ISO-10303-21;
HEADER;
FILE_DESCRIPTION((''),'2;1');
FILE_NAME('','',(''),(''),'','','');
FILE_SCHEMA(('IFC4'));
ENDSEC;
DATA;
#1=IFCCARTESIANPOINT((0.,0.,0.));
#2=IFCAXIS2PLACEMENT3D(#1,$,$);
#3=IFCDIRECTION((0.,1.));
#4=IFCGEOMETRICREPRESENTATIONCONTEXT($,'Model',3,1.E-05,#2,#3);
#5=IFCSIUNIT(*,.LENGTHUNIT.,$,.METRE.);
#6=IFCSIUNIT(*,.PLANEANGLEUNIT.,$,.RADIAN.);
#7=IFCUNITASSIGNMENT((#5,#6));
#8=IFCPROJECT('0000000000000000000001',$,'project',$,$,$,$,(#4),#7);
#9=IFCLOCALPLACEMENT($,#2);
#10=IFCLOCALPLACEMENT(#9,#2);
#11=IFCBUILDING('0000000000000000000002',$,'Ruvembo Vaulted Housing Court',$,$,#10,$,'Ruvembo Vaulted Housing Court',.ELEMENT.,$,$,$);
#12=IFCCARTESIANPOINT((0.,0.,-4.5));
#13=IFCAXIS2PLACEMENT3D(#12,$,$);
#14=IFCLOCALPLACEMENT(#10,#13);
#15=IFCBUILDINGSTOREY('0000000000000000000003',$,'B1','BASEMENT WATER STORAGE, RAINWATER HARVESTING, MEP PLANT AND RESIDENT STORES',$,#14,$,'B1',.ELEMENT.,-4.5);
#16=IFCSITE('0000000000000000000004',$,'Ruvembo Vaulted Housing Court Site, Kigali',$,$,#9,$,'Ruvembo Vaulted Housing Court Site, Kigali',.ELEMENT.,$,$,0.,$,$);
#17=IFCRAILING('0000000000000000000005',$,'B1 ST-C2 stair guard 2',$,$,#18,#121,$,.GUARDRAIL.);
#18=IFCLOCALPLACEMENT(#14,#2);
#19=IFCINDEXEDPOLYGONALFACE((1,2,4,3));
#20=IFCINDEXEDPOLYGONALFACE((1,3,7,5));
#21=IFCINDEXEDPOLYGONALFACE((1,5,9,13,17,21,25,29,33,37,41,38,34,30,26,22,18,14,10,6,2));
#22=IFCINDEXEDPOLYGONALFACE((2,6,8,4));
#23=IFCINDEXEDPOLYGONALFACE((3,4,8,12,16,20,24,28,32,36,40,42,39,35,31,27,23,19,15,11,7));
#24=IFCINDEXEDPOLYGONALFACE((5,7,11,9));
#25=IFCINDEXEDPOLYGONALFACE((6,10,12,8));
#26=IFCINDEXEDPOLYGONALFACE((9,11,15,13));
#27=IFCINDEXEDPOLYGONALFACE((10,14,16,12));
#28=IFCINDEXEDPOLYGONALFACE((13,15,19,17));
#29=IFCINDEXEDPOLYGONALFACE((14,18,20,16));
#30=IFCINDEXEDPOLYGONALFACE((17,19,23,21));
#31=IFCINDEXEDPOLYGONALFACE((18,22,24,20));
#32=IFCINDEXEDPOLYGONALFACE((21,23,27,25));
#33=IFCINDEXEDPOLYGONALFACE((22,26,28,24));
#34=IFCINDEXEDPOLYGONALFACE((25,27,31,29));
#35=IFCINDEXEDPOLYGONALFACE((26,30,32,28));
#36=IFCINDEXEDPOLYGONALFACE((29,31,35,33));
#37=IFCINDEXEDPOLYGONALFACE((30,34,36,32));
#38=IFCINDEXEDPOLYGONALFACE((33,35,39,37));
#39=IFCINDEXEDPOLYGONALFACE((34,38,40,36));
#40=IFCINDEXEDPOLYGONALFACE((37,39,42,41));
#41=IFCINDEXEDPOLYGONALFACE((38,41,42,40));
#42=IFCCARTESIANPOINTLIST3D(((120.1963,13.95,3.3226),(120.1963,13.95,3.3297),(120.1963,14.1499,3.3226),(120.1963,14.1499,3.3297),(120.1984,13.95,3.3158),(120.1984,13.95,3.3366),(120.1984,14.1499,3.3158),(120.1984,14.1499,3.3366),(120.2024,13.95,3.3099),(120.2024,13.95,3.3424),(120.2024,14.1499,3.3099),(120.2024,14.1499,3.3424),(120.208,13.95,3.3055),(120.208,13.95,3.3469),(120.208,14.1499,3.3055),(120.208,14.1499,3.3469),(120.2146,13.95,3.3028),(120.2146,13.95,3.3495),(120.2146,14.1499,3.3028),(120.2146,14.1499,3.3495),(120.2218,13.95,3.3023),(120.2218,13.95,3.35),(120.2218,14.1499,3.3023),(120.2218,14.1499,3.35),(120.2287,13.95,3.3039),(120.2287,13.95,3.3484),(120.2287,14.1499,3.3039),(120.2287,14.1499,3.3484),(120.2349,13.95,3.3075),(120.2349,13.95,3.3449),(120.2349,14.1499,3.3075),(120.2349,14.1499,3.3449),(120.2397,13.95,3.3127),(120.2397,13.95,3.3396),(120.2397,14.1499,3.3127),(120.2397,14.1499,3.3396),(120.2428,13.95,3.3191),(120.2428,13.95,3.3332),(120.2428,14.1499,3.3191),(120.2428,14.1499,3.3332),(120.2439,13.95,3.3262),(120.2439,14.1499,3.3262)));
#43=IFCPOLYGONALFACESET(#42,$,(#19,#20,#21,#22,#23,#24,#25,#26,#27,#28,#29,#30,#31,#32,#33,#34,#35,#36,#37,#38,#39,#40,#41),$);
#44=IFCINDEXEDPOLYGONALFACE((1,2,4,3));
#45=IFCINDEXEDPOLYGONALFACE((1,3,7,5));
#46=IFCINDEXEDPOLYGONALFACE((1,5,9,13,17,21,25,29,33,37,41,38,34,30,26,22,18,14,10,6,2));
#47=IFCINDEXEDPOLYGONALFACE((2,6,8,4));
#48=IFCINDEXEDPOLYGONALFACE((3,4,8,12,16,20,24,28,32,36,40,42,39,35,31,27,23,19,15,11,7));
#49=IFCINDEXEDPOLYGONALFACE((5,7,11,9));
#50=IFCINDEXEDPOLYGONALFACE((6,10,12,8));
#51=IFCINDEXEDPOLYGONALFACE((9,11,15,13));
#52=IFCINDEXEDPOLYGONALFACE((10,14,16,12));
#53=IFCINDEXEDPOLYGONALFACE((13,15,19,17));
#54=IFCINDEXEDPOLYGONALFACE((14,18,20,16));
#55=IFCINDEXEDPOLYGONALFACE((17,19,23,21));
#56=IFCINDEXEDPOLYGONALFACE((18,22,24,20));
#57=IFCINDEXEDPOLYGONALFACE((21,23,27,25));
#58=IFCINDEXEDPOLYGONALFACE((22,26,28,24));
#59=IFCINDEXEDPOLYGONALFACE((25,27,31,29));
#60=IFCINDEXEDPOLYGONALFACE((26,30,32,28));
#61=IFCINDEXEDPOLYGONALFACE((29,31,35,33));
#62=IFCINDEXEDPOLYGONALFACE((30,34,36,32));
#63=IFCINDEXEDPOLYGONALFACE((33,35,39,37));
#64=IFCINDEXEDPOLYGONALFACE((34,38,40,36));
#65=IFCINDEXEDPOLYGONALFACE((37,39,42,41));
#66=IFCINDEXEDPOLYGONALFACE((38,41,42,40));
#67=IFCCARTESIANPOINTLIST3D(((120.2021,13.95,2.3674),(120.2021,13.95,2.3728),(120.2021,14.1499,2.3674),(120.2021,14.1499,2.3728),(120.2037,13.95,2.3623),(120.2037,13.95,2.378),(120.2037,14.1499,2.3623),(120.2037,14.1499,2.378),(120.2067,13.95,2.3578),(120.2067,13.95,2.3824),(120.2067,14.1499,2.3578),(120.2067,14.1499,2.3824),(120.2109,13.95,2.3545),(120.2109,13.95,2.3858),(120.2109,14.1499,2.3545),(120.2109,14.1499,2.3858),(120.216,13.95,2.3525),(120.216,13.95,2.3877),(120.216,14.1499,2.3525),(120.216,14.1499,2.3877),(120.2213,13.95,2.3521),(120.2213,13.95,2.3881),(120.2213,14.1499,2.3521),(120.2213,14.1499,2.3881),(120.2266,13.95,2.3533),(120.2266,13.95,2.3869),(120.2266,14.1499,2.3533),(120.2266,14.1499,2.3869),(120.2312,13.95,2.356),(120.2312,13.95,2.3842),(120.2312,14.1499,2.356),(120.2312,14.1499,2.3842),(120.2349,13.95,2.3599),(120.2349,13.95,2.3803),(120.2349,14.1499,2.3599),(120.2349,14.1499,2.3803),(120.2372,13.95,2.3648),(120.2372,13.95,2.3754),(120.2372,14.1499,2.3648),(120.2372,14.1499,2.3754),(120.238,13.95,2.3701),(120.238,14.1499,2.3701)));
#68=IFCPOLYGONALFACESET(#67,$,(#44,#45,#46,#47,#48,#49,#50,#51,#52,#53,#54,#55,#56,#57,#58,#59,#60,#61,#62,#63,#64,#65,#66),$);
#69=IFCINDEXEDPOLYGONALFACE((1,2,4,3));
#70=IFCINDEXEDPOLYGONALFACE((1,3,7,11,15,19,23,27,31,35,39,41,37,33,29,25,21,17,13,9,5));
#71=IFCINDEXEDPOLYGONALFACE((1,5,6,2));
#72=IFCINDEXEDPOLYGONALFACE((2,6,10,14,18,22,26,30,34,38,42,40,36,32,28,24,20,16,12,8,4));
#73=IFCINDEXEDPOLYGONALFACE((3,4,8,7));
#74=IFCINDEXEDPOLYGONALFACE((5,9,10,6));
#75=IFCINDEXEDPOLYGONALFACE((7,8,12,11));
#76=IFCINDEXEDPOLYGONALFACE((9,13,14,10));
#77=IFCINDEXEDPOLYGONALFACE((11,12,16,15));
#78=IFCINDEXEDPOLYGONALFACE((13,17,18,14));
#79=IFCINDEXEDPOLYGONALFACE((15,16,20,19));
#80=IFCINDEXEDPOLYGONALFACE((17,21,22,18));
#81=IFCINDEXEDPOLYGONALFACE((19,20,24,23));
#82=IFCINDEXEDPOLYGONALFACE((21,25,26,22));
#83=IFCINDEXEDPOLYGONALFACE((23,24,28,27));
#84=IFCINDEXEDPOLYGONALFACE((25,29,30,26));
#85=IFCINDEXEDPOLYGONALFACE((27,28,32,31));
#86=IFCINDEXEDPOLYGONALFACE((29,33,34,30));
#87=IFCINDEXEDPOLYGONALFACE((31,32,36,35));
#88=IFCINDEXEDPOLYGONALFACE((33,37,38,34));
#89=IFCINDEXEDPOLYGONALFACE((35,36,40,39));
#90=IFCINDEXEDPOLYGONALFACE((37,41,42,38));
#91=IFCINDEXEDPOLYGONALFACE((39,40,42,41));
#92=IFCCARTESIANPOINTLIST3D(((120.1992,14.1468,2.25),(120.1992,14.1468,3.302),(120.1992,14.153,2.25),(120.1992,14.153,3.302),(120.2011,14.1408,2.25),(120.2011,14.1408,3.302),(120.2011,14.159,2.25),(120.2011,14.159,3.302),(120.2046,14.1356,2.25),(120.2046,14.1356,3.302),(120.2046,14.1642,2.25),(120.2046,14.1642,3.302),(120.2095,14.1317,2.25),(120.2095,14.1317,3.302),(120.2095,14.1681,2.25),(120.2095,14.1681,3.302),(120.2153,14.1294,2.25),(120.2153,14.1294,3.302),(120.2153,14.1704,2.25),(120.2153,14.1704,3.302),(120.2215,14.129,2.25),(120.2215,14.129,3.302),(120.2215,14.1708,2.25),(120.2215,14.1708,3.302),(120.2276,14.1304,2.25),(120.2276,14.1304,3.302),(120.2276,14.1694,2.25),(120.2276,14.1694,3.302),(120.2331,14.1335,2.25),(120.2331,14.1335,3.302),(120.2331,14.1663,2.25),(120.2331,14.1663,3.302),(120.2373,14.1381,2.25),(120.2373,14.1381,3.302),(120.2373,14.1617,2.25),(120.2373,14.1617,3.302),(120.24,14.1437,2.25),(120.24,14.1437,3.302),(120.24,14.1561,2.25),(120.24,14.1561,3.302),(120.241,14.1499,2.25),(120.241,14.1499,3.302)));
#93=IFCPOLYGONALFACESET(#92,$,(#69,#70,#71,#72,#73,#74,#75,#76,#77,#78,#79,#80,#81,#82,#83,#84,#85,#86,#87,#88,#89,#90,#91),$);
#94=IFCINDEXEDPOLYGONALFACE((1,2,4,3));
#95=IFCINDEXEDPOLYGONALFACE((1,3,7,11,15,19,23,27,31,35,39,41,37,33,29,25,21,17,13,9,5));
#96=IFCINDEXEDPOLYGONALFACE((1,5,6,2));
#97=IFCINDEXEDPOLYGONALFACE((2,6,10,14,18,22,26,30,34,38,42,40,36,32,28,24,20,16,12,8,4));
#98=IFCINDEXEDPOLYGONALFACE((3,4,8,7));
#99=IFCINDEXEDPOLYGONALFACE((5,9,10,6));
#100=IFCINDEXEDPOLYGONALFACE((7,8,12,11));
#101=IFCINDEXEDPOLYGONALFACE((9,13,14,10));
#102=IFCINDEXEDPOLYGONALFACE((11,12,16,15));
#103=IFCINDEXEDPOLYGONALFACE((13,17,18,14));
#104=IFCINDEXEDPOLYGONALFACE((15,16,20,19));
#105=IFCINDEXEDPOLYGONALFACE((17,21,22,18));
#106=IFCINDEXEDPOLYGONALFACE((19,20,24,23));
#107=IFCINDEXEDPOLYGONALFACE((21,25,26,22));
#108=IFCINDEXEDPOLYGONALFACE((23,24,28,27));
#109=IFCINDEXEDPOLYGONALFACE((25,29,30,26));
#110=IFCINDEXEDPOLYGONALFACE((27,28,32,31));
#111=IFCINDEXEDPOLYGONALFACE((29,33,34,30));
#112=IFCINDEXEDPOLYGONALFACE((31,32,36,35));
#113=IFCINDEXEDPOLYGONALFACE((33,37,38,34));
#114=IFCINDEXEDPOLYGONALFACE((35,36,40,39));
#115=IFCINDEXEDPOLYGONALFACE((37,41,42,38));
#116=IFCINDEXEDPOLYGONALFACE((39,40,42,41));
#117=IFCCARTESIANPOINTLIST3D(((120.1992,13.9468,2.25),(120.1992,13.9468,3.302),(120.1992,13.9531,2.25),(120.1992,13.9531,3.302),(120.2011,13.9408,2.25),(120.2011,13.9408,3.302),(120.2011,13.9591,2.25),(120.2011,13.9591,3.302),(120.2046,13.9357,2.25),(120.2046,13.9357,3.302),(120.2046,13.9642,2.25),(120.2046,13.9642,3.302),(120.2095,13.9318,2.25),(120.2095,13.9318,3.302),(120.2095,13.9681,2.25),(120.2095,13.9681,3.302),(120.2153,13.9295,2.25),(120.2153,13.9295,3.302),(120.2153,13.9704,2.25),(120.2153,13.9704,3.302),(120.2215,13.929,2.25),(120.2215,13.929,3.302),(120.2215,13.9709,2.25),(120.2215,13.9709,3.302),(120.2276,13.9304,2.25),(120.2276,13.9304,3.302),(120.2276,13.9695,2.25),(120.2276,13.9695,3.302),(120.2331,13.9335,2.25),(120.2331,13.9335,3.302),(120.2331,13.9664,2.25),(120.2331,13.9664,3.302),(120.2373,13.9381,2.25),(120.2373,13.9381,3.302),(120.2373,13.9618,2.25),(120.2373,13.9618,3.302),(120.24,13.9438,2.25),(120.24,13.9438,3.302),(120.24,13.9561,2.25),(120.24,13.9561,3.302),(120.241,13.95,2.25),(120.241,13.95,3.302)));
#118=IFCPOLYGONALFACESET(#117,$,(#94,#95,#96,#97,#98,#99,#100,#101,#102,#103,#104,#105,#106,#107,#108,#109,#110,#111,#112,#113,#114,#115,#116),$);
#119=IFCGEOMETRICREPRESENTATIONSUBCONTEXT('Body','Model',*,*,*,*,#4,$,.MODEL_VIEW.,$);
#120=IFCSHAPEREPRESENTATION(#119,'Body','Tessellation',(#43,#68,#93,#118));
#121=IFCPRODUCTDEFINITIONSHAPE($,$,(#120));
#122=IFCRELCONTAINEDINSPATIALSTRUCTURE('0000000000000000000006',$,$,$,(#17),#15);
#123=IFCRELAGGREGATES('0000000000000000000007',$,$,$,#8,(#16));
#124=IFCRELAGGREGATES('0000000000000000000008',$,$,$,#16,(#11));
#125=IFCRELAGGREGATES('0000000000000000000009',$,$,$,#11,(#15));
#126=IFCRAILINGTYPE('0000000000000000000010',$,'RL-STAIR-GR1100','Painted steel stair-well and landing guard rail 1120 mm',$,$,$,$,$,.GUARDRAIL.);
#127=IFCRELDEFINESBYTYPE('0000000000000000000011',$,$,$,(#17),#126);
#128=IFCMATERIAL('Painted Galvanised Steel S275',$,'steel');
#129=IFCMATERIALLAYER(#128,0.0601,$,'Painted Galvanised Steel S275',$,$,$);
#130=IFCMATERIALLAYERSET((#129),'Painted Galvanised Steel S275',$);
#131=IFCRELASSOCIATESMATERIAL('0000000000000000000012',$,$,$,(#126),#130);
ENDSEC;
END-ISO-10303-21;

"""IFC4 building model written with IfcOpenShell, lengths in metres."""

from ifc_helpers import new_model, si_unit, direction, frame, origin, origin_2d, place, context, subcontext, project, spatial, circle, extrude, material, layer, layer_set, type_object, element, save


model = new_model("IFC4")

# Units and contexts
model_context = context("Model", 3, precision=1e-05, world=origin(), true_north=direction((0.0, 1.0)))
body_context = subcontext(model_context, "Body", "Model", "MODEL_VIEW")
ifc_project = project(units=[si_unit("LENGTHUNIT", "METRE"), si_unit("PLANEANGLEUNIT", "RADIAN")], contexts=[model_context])

# Site, building, storey
site_placement = place(None, origin())
site = spatial("IfcSite", under=ifc_project, at=site_placement, Name="Ruvembo Vaulted Housing Court Site, Kigali", LongName="Ruvembo Vaulted Housing Court Site, Kigali", CompositionType="ELEMENT", RefElevation=0.0)
building_placement = place(site_placement, origin())
building = spatial("IfcBuilding", under=site, at=building_placement, Name="Ruvembo Vaulted Housing Court", LongName="Ruvembo Vaulted Housing Court", CompositionType="ELEMENT")
storey_placement = place(building_placement, frame((0.0, 0.0, -4.5)))
storey = spatial("IfcBuildingStorey", under=building, at=storey_placement, Name="B1", Description="BASEMENT WATER STORAGE, RAINWATER HARVESTING, MEP PLANT AND RESIDENT STORES", LongName="B1", CompositionType="ELEMENT", Elevation=-4.5)

# Railing
ifc_material_1 = material(Name="Painted Galvanised Steel S275", Category="steel")
ifc_layer_1 = layer(ifc_material_1, 0.0601, Name="Painted Galvanised Steel S275")
ifc_layer_set_1 = layer_set([ifc_layer_1], Name="Painted Galvanised Steel S275")
railing_type_1 = type_object("IfcRailingType", Name="RL-STAIR-GR1100", Description="Painted steel stair-well and landing guard rail 1120 mm", PredefinedType="GUARDRAIL", material=ifc_layer_set_1)
railing_1_placement = place(storey_placement, frame((120.22, 14.1499, 2.25)))
element("IfcRailing", 1, at=railing_1_placement, inside=storey, type_object=railing_type_1, Name="B1 ST-C2 stair guard 2", PredefinedType="GUARDRAIL", context=body_context, shape_type="SweptSolid", body=[
    extrude(circle(Radius=0.0239, at=origin_2d()), frame((0.0, 0.0, 1.0762), z_axis=(0.0, -1.0, 0.0), x_axis=(1.0, 0.0, 0.0)), (0.0, 0.0, 1.0), 0.2),
    extrude(circle(Radius=0.0181, at=origin_2d()), frame((0.0, 0.0, 0.1201), z_axis=(0.0, -1.0, 0.0), x_axis=(1.0, 0.0, 0.0)), (0.0, 0.0, 1.0), 0.2),
    extrude(circle(Radius=0.021, at=origin_2d()), origin(), (0.0, 0.0, 1.0), 1.052),
    extrude(circle(Radius=0.021, at=origin_2d()), frame((0.0, -0.2, 0.0)), (0.0, 0.0, 1.0), 1.052),
])

save(model, "model.ifc")
